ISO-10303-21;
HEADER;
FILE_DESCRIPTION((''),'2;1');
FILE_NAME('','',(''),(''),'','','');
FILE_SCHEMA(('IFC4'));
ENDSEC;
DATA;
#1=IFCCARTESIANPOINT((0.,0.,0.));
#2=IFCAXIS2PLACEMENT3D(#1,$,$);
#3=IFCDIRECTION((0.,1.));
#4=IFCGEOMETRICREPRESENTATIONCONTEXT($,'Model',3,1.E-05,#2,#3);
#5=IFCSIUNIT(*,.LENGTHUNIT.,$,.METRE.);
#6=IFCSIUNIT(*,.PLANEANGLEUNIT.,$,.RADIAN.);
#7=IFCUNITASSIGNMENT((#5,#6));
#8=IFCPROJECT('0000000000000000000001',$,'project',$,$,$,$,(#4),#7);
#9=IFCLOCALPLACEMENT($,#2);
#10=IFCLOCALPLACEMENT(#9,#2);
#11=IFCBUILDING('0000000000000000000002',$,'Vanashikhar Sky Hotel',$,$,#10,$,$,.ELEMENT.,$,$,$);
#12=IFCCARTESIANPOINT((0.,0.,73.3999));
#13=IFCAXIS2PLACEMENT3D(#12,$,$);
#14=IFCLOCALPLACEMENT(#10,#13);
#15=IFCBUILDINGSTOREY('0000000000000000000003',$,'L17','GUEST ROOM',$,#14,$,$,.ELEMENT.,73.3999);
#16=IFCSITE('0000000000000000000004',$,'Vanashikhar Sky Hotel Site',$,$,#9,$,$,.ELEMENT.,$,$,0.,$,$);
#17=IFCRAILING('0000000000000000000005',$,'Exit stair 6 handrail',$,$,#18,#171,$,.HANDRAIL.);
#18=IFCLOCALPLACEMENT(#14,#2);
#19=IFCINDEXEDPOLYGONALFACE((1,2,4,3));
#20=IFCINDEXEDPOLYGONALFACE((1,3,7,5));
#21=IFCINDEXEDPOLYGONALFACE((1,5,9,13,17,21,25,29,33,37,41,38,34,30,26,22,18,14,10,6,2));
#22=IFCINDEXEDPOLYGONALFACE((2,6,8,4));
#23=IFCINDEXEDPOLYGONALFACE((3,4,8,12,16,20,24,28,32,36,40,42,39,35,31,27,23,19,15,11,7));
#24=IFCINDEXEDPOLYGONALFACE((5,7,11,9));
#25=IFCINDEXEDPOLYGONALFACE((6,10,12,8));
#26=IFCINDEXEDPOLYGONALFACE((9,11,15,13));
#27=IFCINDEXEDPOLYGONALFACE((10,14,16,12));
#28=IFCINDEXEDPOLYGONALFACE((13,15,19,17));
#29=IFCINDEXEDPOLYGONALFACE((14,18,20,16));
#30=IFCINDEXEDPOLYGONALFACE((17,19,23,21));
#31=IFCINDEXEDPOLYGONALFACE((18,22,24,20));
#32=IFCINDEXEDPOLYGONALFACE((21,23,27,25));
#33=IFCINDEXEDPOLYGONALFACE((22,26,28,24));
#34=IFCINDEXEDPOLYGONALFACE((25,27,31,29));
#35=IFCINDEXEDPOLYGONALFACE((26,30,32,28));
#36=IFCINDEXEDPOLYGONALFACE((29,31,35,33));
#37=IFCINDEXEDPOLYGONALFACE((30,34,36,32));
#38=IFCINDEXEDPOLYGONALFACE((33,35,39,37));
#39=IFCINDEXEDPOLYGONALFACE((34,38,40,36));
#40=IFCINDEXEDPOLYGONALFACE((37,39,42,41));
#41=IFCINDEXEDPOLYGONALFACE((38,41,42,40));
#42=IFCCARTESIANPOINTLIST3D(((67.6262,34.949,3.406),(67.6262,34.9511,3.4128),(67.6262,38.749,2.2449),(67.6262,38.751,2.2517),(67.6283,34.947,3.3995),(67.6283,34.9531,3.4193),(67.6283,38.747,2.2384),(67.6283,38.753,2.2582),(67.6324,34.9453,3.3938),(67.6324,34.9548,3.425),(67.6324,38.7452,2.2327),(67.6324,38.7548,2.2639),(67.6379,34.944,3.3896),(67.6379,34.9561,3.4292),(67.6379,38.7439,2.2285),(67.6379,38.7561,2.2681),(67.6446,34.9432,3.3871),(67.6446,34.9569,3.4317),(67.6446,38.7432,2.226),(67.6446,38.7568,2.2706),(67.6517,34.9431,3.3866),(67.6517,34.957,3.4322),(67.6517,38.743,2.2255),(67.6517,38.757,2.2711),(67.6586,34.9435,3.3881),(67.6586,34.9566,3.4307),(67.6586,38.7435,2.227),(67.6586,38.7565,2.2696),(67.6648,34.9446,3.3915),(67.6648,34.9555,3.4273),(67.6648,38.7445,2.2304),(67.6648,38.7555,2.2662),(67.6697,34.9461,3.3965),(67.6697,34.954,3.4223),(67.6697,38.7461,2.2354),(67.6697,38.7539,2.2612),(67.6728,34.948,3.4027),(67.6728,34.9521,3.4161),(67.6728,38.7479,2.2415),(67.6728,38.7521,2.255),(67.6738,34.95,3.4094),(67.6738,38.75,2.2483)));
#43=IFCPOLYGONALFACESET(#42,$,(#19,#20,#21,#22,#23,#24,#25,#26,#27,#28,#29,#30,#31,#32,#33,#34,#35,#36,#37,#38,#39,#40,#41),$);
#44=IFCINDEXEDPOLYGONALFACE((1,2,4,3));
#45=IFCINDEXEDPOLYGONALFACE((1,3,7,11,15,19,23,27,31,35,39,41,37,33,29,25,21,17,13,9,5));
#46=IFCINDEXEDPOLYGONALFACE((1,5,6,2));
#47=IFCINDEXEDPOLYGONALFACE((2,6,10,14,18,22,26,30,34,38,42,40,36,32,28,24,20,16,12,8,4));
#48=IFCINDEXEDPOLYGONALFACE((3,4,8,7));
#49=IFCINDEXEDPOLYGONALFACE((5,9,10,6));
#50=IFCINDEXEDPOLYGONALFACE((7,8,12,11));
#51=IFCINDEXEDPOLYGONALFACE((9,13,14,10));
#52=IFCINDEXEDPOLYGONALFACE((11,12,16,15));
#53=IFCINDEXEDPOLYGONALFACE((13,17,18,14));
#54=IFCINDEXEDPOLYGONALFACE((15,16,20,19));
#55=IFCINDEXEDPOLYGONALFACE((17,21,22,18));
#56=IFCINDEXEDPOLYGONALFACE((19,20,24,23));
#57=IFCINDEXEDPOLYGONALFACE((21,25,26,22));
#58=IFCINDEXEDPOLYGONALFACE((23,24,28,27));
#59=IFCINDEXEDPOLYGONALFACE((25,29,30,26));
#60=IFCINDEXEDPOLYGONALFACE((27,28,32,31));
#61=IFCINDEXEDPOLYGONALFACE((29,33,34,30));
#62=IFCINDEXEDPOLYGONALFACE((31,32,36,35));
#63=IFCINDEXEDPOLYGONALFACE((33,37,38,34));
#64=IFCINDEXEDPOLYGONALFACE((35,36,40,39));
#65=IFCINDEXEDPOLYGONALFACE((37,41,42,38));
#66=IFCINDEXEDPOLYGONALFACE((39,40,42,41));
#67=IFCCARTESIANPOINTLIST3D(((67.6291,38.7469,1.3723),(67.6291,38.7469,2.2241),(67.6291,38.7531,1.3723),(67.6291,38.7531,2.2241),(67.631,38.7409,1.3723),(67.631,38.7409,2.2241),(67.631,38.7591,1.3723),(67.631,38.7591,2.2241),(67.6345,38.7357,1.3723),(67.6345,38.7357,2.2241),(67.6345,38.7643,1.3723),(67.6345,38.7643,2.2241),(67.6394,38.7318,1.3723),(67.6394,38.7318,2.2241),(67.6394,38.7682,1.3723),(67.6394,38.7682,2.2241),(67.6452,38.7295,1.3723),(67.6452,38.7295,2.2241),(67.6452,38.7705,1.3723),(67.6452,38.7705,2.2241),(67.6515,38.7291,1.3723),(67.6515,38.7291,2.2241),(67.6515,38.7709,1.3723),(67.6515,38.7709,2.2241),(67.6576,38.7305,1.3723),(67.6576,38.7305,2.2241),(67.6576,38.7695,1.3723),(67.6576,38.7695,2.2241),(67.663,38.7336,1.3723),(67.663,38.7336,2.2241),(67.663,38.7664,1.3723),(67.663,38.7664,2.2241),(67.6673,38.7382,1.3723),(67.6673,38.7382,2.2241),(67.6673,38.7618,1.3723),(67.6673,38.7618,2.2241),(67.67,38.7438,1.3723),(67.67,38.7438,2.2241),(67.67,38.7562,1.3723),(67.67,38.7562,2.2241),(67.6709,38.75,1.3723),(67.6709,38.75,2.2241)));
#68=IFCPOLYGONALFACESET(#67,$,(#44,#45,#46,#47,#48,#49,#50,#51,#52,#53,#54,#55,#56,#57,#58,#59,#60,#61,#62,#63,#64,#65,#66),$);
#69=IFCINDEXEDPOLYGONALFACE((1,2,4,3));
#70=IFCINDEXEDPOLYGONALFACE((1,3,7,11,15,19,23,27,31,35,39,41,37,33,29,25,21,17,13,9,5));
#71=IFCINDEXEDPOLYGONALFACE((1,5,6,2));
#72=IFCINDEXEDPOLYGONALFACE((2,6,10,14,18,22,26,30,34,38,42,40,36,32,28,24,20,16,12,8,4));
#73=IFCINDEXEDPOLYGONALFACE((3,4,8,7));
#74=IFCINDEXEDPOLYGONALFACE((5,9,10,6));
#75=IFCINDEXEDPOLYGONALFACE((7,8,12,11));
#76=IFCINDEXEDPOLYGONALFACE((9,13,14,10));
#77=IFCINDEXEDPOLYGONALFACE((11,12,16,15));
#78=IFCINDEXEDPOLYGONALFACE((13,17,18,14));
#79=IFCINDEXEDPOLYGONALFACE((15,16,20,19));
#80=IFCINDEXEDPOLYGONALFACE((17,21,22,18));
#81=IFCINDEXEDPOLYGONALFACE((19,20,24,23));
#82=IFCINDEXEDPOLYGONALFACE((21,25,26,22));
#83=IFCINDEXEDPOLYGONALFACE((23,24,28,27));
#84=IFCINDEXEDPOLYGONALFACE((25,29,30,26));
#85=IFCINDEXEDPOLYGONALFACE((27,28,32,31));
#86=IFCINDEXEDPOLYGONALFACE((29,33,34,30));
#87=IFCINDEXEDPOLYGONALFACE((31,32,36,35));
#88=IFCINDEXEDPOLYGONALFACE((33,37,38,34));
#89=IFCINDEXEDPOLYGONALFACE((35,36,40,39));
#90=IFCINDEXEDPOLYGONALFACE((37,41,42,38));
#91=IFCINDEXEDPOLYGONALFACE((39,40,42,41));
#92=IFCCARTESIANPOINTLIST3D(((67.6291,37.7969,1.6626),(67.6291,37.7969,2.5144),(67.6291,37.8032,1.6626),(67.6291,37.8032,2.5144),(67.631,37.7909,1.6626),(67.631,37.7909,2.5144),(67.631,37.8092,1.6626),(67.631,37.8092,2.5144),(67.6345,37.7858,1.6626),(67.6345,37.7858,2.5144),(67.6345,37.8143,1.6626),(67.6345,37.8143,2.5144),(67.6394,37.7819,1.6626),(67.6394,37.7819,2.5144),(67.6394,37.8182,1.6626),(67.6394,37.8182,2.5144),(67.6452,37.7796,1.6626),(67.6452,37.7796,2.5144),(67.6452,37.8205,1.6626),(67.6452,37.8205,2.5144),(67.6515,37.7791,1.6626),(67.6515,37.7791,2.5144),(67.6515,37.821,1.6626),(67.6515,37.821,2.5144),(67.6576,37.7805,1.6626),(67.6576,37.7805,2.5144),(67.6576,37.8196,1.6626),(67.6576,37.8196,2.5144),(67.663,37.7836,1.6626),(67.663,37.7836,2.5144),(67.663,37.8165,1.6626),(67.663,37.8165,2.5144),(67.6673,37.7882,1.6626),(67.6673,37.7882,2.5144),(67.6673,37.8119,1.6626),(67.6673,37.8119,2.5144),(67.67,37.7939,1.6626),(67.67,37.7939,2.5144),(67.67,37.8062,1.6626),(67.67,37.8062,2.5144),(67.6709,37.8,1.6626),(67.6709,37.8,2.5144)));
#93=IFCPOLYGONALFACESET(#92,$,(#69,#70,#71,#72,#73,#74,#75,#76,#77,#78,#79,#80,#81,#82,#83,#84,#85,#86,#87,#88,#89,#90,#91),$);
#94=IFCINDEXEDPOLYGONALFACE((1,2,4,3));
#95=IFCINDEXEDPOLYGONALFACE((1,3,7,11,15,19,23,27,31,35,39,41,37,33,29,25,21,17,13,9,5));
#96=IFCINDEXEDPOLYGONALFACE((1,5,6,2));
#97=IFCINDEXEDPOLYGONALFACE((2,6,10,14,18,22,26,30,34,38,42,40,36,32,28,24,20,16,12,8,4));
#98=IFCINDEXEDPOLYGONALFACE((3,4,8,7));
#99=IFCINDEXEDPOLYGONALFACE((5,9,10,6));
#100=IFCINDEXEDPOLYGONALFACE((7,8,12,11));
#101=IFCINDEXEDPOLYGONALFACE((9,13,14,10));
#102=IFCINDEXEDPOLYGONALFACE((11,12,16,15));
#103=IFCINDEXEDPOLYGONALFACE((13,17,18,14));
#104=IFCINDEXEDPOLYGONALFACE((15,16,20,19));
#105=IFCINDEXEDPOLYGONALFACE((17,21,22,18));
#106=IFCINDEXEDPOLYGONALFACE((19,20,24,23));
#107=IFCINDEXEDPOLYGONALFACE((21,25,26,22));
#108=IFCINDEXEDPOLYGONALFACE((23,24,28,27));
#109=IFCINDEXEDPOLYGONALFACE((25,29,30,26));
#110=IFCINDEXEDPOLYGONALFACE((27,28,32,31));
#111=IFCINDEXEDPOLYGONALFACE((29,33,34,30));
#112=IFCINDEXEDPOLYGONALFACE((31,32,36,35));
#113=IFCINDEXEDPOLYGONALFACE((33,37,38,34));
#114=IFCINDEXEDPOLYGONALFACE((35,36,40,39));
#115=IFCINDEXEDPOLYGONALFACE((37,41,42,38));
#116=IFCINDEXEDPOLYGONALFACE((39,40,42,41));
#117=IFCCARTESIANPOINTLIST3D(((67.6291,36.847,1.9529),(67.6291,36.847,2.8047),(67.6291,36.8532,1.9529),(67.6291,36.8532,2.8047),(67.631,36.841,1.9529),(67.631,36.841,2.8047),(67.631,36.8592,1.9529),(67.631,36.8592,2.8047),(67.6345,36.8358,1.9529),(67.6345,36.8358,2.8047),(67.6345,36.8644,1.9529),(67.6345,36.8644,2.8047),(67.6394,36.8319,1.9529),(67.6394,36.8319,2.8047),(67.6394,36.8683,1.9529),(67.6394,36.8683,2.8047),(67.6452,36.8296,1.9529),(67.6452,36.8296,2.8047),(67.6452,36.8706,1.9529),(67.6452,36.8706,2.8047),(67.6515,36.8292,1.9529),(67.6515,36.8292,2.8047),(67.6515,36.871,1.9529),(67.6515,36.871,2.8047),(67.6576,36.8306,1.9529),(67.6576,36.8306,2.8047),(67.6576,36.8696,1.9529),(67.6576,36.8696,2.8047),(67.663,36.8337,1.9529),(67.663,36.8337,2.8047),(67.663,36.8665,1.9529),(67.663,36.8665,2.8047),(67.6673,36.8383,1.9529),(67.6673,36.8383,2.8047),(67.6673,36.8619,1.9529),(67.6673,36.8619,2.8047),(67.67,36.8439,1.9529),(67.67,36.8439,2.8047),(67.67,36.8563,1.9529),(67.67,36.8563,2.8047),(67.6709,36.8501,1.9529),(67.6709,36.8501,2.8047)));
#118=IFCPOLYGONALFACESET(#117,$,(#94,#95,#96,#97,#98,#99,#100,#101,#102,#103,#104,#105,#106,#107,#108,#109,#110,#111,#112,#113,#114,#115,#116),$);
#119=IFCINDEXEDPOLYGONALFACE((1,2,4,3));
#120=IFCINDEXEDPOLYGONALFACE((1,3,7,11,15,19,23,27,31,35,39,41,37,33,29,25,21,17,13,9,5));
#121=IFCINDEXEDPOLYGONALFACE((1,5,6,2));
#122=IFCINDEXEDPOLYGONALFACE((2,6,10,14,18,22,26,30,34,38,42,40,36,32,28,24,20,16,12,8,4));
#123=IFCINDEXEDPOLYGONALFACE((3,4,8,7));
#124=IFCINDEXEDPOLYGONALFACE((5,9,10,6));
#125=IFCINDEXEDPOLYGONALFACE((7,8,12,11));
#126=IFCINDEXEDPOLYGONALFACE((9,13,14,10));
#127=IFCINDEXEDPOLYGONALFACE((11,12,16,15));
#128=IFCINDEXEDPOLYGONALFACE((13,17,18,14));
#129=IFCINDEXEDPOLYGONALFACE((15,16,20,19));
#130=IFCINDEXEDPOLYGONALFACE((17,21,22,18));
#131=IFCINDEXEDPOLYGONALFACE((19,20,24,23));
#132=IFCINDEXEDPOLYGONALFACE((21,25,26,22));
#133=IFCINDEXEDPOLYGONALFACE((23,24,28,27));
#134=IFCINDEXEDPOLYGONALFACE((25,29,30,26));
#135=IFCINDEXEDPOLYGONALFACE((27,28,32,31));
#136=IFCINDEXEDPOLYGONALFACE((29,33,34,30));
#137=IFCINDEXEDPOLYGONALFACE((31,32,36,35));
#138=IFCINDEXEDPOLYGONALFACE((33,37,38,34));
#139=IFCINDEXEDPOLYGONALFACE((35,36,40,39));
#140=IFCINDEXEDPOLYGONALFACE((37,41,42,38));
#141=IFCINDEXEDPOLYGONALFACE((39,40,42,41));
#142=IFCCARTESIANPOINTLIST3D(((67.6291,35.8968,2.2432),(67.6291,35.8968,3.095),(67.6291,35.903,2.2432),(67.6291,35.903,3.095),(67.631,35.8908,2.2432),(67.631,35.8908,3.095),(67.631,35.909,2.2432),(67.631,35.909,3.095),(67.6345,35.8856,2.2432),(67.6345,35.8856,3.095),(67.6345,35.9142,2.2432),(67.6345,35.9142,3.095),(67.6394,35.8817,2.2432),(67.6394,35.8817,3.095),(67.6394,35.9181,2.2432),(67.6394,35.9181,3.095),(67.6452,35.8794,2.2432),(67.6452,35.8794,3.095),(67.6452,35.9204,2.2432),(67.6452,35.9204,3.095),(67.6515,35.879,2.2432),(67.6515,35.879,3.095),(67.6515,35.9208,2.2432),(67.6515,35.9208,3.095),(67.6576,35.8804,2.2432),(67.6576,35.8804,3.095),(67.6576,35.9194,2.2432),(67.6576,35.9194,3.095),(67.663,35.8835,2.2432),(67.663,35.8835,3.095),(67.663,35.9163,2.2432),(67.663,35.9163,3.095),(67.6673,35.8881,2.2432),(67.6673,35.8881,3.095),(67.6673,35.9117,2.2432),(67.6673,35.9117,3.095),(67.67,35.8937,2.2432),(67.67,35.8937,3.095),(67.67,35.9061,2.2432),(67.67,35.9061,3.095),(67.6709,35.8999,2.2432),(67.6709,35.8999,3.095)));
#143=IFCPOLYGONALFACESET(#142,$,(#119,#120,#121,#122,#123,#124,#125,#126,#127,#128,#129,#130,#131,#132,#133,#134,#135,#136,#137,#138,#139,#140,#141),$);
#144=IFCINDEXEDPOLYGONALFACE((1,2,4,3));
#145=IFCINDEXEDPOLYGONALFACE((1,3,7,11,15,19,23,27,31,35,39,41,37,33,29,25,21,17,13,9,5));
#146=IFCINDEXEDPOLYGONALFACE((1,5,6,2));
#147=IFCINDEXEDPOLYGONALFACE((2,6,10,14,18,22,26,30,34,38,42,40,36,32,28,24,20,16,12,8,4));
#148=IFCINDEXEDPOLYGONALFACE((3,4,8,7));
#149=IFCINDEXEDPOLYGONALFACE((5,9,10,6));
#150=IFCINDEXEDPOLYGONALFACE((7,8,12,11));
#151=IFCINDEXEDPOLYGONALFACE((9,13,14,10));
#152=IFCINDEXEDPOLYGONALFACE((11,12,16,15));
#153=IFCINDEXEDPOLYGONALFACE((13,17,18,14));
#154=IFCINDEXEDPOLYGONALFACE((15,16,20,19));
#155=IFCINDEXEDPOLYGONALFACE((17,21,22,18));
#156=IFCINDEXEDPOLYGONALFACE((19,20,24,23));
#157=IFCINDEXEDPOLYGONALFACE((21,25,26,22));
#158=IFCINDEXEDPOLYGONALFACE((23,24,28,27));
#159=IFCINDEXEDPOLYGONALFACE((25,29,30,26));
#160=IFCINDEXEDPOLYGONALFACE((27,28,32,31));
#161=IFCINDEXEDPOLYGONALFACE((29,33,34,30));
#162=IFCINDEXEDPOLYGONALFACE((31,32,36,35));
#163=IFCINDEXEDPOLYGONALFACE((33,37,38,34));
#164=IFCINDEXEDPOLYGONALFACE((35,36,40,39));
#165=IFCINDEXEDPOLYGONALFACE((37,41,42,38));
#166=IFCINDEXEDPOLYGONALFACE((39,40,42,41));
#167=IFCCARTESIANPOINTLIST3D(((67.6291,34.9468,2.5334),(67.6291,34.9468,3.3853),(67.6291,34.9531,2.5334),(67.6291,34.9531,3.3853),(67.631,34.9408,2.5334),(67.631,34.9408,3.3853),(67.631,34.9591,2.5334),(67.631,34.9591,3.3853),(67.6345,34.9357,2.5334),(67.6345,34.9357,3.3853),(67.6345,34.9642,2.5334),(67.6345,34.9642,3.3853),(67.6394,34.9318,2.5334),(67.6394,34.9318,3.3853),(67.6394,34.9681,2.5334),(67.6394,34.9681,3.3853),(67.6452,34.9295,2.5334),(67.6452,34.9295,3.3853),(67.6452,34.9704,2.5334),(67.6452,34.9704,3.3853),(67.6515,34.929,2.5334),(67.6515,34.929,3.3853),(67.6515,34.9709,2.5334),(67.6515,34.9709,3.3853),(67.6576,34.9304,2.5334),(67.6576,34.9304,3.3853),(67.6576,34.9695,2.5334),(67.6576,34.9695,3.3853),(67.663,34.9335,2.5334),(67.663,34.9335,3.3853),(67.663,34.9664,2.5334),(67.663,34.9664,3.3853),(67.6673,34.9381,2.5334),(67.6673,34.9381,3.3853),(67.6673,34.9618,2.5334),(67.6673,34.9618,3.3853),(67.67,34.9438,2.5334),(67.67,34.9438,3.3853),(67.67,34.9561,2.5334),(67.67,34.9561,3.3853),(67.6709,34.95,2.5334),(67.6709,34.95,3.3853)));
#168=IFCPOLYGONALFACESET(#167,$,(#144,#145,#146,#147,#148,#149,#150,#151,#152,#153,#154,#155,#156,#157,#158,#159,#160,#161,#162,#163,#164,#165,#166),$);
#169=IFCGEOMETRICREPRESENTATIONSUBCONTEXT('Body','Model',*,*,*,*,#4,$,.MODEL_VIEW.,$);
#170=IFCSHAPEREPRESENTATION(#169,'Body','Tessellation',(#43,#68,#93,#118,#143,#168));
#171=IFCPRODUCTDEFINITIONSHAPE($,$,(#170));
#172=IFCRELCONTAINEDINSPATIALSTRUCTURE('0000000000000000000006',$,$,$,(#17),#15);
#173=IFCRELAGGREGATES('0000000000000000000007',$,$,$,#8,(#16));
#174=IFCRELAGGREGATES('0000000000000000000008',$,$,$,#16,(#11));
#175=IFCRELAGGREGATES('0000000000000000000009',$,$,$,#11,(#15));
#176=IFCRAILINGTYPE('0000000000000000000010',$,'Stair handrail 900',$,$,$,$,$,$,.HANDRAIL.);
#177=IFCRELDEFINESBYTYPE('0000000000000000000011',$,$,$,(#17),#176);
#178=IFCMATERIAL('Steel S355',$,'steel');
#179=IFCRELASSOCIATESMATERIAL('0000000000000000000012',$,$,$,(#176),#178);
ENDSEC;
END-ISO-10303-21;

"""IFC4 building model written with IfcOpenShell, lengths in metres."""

from ifc_helpers import new_model, si_unit, direction, frame, origin, origin_2d, place, context, subcontext, project, spatial, circle, extrude, source, transform, mapped, material, type_object, element, save


model = new_model("IFC4")

# Units and contexts
model_context = context("Model", 3, precision=1e-05, world=origin(), true_north=direction((0.0, 1.0)))
body_context = subcontext(model_context, "Body", "Model", "MODEL_VIEW")
ifc_project = project(units=[si_unit("LENGTHUNIT", "METRE"), si_unit("PLANEANGLEUNIT", "RADIAN")], contexts=[model_context])

# Site, building, storey
site_placement = place(None, origin())
site = spatial("IfcSite", under=ifc_project, at=site_placement, Name="Vanashikhar Sky Hotel Site", CompositionType="ELEMENT", RefElevation=0.0)
building_placement = place(site_placement, origin())
building = spatial("IfcBuilding", under=site, at=building_placement, Name="Vanashikhar Sky Hotel", CompositionType="ELEMENT")
storey_placement = place(building_placement, frame((0.0, 0.0, 73.3999)))
storey = spatial("IfcBuildingStorey", under=building, at=storey_placement, Name="L17", Description="GUEST ROOM", CompositionType="ELEMENT", Elevation=73.3999)

# Railing
ifc_material_1 = material(Name="Steel S355", Category="steel")
railing_type_1 = type_object("IfcRailingType", Name="Stair handrail 900", PredefinedType="HANDRAIL", material=ifc_material_1)
shared_shape_1 = source(origin(), body_context, "Body", "SweptSolid", [
    extrude(circle(Radius=0.0239, at=origin_2d()), frame((0.0, 0.0, 0.876), z_axis=(0.0, -0.956351, 0.29222), x_axis=(1.0, 0.0, 0.0)), (0.0, 0.0, 1.0), 3.9734),
    extrude(circle(Radius=0.021, at=origin_2d()), origin(), (0.0, 0.0, 1.0), 0.8518),
    extrude(circle(Radius=0.021, at=origin_2d()), frame((0.0, -0.95, 0.2903)), (0.0, 0.0, 1.0), 0.8518),
    extrude(circle(Radius=0.021, at=origin_2d()), frame((0.0, -1.8999, 0.5806)), (0.0, 0.0, 1.0), 0.8518),
    extrude(circle(Radius=0.021, at=origin_2d()), frame((0.0, -2.8501, 0.8708)), (0.0, 0.0, 1.0), 0.8518),
    extrude(circle(Radius=0.021, at=origin_2d()), frame((0.0, -3.8, 1.1611)), (0.0, 0.0, 1.0), 0.8518),
])
railing_1_placement = place(storey_placement, frame((67.6499, 38.75, 1.3723)))
element("IfcRailing", 1, at=railing_1_placement, inside=storey, type_object=railing_type_1, Name="Exit stair 6 handrail", PredefinedType="HANDRAIL", context=body_context, shape_type="MappedRepresentation", body=[
    mapped(shared_shape_1, transform((0.0, 0.0, 0.0), scale=1.0)),
])

save(model, "model.ifc")
